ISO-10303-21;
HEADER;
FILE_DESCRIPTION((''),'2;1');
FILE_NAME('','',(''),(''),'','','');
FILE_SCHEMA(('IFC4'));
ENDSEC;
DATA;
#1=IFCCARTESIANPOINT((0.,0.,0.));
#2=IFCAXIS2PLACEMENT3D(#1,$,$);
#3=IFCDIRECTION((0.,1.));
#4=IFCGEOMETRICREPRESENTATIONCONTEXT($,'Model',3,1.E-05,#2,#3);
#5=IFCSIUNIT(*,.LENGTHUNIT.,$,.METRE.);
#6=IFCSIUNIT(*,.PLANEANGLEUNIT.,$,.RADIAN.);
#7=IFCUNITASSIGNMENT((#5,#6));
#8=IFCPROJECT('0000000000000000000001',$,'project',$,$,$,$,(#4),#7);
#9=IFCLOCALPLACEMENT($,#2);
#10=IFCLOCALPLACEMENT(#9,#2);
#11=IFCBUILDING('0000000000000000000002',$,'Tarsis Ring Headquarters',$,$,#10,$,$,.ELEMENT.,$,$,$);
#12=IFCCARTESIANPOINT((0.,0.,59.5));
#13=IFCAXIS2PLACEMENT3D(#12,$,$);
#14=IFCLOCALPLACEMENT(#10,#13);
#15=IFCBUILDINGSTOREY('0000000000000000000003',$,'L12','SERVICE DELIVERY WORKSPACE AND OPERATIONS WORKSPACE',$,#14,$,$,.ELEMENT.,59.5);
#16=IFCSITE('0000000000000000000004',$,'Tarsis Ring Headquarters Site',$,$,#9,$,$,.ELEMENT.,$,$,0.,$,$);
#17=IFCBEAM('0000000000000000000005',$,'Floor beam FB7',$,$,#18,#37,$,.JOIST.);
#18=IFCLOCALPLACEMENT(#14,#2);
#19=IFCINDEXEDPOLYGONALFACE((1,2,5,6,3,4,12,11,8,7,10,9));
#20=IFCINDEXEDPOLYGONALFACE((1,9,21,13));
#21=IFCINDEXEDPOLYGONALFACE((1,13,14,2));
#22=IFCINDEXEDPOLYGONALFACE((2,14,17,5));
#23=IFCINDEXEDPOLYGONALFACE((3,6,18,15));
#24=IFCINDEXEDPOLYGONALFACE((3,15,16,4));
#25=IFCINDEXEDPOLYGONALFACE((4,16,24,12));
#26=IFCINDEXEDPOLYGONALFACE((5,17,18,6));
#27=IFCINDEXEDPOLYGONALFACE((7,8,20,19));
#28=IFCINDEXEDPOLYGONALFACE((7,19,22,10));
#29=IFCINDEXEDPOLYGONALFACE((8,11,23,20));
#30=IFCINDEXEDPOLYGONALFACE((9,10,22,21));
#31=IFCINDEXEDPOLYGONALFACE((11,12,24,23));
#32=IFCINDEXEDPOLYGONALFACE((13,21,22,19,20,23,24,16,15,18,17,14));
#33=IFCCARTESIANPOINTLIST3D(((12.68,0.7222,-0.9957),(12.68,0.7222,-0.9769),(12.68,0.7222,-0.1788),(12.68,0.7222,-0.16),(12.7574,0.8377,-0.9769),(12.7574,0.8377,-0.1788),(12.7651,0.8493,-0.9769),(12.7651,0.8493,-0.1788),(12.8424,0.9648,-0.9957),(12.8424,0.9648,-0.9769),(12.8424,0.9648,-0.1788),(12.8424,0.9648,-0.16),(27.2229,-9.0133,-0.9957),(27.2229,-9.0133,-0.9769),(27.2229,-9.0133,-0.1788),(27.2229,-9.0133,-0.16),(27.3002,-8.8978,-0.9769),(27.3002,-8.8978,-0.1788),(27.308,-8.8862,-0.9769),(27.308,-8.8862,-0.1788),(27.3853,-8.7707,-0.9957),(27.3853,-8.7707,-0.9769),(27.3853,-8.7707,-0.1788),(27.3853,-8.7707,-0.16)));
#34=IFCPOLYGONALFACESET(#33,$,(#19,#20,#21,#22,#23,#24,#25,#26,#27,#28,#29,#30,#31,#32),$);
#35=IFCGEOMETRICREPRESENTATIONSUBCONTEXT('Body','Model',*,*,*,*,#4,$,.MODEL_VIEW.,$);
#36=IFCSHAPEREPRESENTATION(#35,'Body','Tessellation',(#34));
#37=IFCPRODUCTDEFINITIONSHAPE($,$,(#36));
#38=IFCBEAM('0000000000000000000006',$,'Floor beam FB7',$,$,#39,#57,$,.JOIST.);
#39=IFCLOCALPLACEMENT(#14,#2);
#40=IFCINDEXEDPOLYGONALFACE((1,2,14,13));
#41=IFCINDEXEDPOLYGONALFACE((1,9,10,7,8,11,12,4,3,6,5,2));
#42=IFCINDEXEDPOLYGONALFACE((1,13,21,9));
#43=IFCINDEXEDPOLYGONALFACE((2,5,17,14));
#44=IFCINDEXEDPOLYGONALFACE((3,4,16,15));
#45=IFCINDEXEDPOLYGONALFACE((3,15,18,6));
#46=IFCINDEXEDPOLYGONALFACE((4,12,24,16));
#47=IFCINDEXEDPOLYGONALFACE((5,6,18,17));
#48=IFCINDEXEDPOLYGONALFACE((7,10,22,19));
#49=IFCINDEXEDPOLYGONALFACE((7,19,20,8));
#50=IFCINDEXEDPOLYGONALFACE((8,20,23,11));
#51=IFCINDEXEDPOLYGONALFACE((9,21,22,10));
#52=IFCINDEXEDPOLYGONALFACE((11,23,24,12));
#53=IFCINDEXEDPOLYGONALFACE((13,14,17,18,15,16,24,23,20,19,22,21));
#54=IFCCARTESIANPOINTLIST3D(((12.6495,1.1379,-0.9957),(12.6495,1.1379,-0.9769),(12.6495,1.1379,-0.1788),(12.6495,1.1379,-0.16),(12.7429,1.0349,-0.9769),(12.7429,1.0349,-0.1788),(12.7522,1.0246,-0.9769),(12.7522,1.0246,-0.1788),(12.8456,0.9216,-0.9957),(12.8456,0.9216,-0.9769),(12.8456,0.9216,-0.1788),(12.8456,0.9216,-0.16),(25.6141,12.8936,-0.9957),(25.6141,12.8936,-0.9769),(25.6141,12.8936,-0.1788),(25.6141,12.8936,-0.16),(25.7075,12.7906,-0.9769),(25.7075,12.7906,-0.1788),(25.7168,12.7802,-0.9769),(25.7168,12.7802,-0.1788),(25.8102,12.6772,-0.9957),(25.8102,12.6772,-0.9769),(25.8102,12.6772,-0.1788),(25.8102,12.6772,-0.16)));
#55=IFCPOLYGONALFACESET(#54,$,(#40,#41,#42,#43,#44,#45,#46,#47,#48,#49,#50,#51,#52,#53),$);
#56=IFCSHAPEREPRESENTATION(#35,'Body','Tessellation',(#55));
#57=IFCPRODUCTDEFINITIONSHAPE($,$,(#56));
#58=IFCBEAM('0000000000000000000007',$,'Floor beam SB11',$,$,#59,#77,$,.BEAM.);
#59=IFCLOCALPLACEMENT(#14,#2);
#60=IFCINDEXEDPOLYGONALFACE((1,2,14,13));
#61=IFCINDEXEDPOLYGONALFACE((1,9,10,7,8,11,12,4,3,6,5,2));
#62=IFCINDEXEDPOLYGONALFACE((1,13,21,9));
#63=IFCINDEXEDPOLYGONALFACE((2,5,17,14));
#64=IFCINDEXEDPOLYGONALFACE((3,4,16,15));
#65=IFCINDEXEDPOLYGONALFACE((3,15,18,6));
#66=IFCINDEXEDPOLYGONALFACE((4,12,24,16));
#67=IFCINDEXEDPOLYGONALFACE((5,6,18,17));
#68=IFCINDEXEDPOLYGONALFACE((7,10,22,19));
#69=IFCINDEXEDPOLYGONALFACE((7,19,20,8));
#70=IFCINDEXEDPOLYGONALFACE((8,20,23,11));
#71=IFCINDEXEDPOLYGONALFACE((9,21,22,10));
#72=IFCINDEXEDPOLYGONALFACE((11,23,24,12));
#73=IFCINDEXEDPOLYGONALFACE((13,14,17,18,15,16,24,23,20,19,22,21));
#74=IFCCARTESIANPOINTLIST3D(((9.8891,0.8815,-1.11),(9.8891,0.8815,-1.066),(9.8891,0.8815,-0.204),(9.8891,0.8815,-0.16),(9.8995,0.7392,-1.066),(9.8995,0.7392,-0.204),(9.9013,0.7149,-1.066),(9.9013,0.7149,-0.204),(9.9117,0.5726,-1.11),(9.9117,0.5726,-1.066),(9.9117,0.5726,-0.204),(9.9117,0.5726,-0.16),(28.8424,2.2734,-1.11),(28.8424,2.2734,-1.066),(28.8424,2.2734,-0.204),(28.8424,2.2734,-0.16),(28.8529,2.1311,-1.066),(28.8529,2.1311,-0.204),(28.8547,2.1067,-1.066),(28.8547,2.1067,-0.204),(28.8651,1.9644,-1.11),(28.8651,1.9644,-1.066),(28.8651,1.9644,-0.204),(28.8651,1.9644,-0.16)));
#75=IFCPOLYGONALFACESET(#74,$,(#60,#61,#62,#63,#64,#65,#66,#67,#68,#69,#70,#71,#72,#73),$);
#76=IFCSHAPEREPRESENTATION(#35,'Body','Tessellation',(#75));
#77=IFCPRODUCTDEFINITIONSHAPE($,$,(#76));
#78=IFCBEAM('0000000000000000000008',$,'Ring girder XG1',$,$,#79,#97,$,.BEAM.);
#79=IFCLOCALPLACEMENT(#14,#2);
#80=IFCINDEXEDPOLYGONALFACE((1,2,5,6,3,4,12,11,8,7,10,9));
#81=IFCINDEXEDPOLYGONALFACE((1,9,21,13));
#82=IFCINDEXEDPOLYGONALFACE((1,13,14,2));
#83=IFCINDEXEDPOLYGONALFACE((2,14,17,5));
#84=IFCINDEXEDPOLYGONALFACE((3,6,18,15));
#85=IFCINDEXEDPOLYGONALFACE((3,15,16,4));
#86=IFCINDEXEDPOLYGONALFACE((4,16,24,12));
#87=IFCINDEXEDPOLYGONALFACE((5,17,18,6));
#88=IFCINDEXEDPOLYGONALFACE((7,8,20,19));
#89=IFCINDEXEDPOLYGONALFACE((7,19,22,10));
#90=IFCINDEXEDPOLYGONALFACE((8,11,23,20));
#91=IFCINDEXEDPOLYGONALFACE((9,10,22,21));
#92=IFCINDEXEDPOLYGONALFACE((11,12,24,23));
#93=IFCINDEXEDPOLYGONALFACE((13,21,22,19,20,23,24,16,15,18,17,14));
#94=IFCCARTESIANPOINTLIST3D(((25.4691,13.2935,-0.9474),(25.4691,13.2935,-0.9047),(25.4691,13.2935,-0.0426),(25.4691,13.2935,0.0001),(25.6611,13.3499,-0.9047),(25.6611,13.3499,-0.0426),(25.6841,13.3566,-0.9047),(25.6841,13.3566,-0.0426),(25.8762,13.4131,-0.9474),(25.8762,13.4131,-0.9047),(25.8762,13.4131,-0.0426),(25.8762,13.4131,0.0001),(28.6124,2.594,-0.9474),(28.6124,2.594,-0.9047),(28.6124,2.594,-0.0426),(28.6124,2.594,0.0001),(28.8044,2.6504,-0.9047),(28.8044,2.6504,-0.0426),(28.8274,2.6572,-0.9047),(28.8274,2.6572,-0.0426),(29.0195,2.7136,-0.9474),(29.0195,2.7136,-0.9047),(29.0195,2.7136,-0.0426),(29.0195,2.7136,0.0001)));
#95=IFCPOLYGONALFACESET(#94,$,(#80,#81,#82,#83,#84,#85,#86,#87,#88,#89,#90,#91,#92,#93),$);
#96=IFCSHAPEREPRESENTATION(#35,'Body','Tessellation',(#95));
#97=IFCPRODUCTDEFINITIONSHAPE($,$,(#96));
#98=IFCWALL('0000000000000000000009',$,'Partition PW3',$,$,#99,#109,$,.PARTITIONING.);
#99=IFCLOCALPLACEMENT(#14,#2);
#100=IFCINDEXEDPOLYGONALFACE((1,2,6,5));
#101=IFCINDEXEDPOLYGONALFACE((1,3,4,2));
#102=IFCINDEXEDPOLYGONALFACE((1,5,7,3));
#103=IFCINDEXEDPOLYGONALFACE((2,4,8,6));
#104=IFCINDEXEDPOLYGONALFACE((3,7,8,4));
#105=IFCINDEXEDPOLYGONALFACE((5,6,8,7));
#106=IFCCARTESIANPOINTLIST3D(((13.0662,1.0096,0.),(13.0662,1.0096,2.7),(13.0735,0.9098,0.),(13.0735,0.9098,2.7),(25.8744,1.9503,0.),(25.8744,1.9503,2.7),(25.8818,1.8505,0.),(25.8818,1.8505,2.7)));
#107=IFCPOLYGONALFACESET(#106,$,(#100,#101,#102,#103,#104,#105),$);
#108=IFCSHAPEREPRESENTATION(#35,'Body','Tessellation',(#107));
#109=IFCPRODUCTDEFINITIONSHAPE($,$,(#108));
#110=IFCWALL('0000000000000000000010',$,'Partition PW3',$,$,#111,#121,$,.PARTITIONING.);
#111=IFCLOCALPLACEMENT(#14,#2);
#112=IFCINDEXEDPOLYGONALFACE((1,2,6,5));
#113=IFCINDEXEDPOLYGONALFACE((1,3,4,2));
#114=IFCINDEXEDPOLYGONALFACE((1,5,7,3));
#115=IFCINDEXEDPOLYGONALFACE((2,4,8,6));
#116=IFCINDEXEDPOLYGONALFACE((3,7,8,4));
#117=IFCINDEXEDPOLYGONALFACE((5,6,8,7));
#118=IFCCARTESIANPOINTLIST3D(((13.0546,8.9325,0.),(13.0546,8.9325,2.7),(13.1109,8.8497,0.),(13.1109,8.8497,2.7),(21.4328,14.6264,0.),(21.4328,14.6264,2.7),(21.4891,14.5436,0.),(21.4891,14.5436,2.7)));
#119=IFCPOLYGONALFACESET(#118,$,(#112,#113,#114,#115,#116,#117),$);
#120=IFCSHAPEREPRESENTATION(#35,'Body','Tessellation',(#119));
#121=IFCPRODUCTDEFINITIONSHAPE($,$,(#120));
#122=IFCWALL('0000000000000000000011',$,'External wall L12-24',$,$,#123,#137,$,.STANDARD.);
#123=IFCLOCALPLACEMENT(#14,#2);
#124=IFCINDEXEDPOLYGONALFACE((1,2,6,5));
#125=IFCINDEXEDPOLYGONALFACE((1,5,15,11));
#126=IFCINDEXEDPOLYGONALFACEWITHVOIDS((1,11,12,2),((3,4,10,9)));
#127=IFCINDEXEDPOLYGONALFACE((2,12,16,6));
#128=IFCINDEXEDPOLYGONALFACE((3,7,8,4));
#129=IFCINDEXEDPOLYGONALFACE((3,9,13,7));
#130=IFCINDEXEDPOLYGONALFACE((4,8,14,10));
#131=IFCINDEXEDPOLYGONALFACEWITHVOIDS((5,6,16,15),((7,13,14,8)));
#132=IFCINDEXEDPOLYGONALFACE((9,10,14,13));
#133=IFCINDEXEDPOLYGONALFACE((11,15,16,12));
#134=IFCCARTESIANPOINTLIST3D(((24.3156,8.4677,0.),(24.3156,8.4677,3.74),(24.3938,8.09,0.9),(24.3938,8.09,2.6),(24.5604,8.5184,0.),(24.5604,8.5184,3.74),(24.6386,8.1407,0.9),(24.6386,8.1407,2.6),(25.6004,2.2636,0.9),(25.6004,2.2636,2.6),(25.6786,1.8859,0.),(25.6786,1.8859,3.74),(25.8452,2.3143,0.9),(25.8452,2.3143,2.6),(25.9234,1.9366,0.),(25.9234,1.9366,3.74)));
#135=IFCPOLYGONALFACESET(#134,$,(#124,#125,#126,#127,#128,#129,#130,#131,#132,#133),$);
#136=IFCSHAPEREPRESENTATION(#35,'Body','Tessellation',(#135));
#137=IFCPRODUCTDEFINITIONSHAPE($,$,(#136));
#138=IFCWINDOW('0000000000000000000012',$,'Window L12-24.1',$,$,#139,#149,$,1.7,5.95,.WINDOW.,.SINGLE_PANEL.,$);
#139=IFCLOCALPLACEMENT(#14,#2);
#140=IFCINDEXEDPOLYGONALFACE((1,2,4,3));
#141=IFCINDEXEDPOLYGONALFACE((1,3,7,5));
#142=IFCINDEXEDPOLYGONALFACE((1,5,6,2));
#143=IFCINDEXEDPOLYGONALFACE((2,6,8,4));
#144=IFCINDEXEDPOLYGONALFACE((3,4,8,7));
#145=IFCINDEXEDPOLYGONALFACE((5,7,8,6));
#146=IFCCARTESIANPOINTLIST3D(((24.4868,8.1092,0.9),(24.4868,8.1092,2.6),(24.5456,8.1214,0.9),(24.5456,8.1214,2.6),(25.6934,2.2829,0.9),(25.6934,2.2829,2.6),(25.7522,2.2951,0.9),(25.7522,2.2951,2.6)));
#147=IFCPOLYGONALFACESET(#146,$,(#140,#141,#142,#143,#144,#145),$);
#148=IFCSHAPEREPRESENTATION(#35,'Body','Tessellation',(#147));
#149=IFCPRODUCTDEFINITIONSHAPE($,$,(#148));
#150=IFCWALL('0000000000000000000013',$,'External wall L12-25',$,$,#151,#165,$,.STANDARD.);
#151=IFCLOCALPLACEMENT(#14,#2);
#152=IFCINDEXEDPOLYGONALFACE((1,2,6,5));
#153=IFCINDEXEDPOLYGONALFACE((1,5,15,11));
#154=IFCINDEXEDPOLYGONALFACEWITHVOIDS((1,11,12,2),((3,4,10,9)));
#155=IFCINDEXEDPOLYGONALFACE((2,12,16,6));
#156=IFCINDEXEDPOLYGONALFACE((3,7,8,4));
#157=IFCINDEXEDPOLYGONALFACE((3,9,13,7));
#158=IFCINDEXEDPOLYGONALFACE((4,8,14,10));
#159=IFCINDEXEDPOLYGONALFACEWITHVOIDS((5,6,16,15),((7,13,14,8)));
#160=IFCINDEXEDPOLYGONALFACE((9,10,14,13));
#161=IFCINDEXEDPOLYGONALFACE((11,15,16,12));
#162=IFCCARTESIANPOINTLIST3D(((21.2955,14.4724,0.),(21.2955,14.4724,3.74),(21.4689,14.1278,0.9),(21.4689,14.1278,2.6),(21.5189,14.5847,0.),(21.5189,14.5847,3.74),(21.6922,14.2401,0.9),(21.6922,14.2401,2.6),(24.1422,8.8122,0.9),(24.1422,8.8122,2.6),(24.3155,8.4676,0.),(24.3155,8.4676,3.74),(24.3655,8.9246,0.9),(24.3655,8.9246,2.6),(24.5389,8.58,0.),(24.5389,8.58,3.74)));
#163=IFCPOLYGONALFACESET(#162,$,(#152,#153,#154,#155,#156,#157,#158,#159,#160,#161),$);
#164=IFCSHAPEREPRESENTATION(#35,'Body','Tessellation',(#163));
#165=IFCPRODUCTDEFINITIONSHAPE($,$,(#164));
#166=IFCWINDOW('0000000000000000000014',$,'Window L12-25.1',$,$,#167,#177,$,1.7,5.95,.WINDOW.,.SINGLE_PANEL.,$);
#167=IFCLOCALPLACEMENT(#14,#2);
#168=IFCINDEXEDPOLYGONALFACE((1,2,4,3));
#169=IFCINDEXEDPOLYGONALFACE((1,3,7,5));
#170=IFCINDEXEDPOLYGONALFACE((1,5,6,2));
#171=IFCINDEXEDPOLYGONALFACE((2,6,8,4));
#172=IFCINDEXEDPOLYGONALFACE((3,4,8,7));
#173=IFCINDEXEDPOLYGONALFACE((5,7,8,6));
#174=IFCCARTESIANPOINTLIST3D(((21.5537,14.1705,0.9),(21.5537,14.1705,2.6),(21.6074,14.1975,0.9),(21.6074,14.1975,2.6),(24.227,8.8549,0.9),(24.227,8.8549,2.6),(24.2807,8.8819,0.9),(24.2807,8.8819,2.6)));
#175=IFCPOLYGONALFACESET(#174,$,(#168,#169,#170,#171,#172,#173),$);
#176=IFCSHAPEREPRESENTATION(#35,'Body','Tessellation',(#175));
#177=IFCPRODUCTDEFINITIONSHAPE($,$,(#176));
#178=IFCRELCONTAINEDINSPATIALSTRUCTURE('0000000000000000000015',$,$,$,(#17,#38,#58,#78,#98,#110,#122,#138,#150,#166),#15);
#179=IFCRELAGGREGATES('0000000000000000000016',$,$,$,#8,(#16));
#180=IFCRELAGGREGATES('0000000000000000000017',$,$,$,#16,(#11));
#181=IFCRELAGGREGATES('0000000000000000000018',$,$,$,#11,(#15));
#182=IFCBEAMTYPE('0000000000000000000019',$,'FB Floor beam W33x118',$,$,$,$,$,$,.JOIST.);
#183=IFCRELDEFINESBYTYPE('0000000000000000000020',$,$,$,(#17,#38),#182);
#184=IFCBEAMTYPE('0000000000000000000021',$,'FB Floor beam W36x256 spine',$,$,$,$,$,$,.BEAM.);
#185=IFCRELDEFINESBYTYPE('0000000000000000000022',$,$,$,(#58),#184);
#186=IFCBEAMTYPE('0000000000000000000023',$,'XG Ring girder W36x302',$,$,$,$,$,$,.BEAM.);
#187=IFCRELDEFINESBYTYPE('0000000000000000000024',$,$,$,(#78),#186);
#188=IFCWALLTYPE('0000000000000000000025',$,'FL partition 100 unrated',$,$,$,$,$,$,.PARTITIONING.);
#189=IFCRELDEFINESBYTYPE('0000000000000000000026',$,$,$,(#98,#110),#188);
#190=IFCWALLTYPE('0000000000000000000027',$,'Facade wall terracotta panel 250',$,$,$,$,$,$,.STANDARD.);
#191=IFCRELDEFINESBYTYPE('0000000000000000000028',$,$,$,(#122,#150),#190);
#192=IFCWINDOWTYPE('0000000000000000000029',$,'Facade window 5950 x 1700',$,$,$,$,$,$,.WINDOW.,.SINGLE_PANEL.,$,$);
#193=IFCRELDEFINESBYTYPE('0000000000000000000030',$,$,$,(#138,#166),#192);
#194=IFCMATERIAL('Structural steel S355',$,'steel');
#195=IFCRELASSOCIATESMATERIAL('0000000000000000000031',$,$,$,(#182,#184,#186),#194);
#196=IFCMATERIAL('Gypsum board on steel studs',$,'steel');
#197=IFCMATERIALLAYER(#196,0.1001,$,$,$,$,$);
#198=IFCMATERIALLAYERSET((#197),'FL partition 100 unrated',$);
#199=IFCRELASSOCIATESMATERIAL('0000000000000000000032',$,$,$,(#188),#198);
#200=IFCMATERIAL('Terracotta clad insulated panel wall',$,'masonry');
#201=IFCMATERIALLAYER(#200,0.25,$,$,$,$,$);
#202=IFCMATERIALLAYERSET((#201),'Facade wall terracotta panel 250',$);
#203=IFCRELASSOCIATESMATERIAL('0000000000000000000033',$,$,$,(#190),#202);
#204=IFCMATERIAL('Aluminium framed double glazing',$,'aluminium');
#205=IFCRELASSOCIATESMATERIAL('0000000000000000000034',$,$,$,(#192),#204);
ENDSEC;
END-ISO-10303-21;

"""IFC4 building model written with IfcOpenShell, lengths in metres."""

from ifc_helpers import new_model, si_unit, direction, frame, frame_2d, origin, origin_2d, place, context, subcontext, project, spatial, rectangle, i_section, extrude, material, layer, layer_set, material_profile, profile_set, type_object, element, fill, save


model = new_model("IFC4")

# Units and contexts
model_context = context("Model", 3, precision=1e-05, world=origin(), true_north=direction((0.0, 1.0)))
body_context = subcontext(model_context, "Body", "Model", "MODEL_VIEW")
ifc_project = project(units=[si_unit("LENGTHUNIT", "METRE"), si_unit("PLANEANGLEUNIT", "RADIAN")], contexts=[model_context])

# Site, building, storey
site_placement = place(None, origin())
site = spatial("IfcSite", under=ifc_project, at=site_placement, Name="Tarsis Ring Headquarters Site", CompositionType="ELEMENT", RefElevation=0.0)
building_placement = place(site_placement, origin())
building = spatial("IfcBuilding", under=site, at=building_placement, Name="Tarsis Ring Headquarters", CompositionType="ELEMENT")
storey_placement = place(building_placement, frame((0.0, 0.0, 59.5)))
storey = spatial("IfcBuildingStorey", under=building, at=storey_placement, Name="L12", Description="SERVICE DELIVERY WORKSPACE AND OPERATIONS WORKSPACE", CompositionType="ELEMENT", Elevation=59.5)

# Beams
ifc_material_1 = material(Name="Structural steel S355", Category="steel")
ifc_material_profile_1 = material_profile(ifc_material_1, i_section(OverallWidth=0.292, OverallDepth=0.8357, WebThickness=0.0139, FlangeThickness=0.0188, at=origin_2d()), Name="W33x118")
ifc_profile_set_1 = profile_set([ifc_material_profile_1], Name="Structural steel S355")
beam_type_1 = type_object("IfcBeamType", Name="FB Floor beam W33x118", PredefinedType="JOIST", material=ifc_profile_set_1)
for number, where, z_axis, x_axis, name in (
    (1, (12.7612, 0.8435, -0.5779), (0.830986, -0.556293, 0.0), (0.556293, 0.830986, 0.0), "Floor beam FB7"),
    (2, (25.7122, 12.7854, -0.5779), (-0.740804, -0.671722, 0.0), (0.671722, -0.740804, 0.0), "Floor beam FB7"),
):
    element("IfcBeam", number, at=place(storey_placement, frame(where, z_axis=z_axis, x_axis=x_axis)), inside=storey, type_object=beam_type_1, Name=name, PredefinedType="JOIST", context=body_context, shape_type="SweptSolid", body=[
        extrude(i_section(OverallWidth=0.292, OverallDepth=0.8357, WebThickness=0.0139, FlangeThickness=0.0188, at=origin_2d()), origin(), (0.0, 0.0, 1.0), 17.5007),
    ])
ifc_material_profile_2 = material_profile(ifc_material_1, i_section(OverallWidth=0.3098, OverallDepth=0.95, WebThickness=0.0244, FlangeThickness=0.0439, at=origin_2d()), Name="W36x256")
ifc_profile_set_2 = profile_set([ifc_material_profile_2], Name="Structural steel S355")
beam_type_2 = type_object("IfcBeamType", Name="FB Floor beam W36x256 spine", PredefinedType="BEAM", material=ifc_profile_set_2)
beam_1_placement = place(storey_placement, frame((28.8538, 2.1189, -0.635), z_axis=(-0.997314, -0.073238, 0.0), x_axis=(0.073238, -0.997314, 0.0)))
element("IfcBeam", 3, at=beam_1_placement, inside=storey, type_object=beam_type_2, Name="Floor beam SB11", PredefinedType="BEAM", context=body_context, shape_type="SweptSolid", body=[
    extrude(i_section(OverallWidth=0.3098, OverallDepth=0.95, WebThickness=0.0244, FlangeThickness=0.0439, at=origin_2d()), origin(), (0.0, 0.0, 1.0), 19.0044),
])
ifc_material_profile_3 = material_profile(ifc_material_1, i_section(OverallWidth=0.4243, OverallDepth=0.9475, WebThickness=0.0239, FlangeThickness=0.0427, at=origin_2d()), Name="W36x302")
ifc_profile_set_3 = profile_set([ifc_material_profile_3], Name="Structural steel S355")
beam_type_3 = type_object("IfcBeamType", Name="XG Ring girder W36x302", PredefinedType="BEAM", material=ifc_profile_set_3)
beam_2_placement = place(storey_placement, frame((28.8159, 2.6538, -0.4736), z_axis=(-0.28187, 0.959453, 0.0), x_axis=(-0.959453, -0.28187, 0.0)))
element("IfcBeam", 4, at=beam_2_placement, inside=storey, type_object=beam_type_3, Name="Ring girder XG1", PredefinedType="BEAM", context=body_context, shape_type="SweptSolid", body=[
    extrude(i_section(OverallWidth=0.4243, OverallDepth=0.9475, WebThickness=0.0239, FlangeThickness=0.0427, at=origin_2d()), origin(), (0.0, 0.0, 1.0), 11.1516),
])

# Walls
ifc_material_2 = material(Name="Gypsum board on steel studs", Category="steel")
ifc_layer_1 = layer(ifc_material_2, 0.1001)
ifc_layer_set_1 = layer_set([ifc_layer_1], Name="FL partition 100 unrated")
wall_type_1 = type_object("IfcWallType", Name="FL partition 100 unrated", PredefinedType="PARTITIONING", material=ifc_layer_set_1)
wall_1_placement = place(storey_placement, frame((13.0698, 0.9597, 0.0), z_axis=(0.0, 0.0, 1.0), x_axis=(0.997314, 0.073245, 0.0)))
element("IfcWall", 5, at=wall_1_placement, inside=storey, type_object=wall_type_1, Name="Partition PW3", PredefinedType="PARTITIONING", context=body_context, shape_type="SweptSolid", body=[
    extrude(rectangle(XDim=12.8428, YDim=0.1001, at=frame_2d((6.4214, 0.0))), origin(), (0.0, 0.0, 1.0), 2.7),
])
wall_2_placement = place(storey_placement, frame((13.0828, 8.8911, 0.0), z_axis=(0.0, 0.0, 1.0), x_axis=(0.827078, 0.562087, 0.0)))
element("IfcWall", 6, at=wall_2_placement, inside=storey, type_object=wall_type_1, Name="Partition PW3", PredefinedType="PARTITIONING", context=body_context, shape_type="SweptSolid", body=[
    extrude(rectangle(XDim=10.1299, YDim=0.1001, at=frame_2d((5.0649, 0.0))), origin(), (0.0, 0.0, 1.0), 2.7),
])

# Walls, openings, windows
ifc_material_3 = material(Name="Terracotta clad insulated panel wall", Category="masonry")
ifc_layer_2 = layer(ifc_material_3, 0.25)
ifc_layer_set_2 = layer_set([ifc_layer_2], Name="Facade wall terracotta panel 250")
wall_type_2 = type_object("IfcWallType", Name="Facade wall terracotta panel 250", PredefinedType="STANDARD", material=ifc_layer_set_2)
wall_3_placement = place(storey_placement, frame((25.801, 1.9111, 0.0), z_axis=(0.0, 0.0, 1.0), x_axis=(-0.202789, 0.979222, 0.0)))
wall_3 = element("IfcWall", 7, at=wall_3_placement, inside=storey, type_object=wall_type_2, Name="External wall L12-24", PredefinedType="STANDARD", context=body_context, shape_type="SweptSolid", body=[
    extrude(rectangle(XDim=6.7214, YDim=0.25, at=frame_2d((3.3608, 0.0))), origin(), (0.0, 0.0, 1.0), 3.74),
])
opening_1_placement = place(wall_3_placement, frame((0.3857, 0.0, 0.8999)))
opening_1 = element("IfcOpeningElement", 8, at=opening_1_placement, cuts=wall_3, PredefinedType="OPENING", context=body_context, shape_type="SweptSolid", body=[
    extrude(rectangle(XDim=5.95, YDim=1.7, at=frame_2d((2.9751, 0.8501))), frame((0.0, 0.135, 0.0), z_axis=(0.0, -1.0, 0.0), x_axis=(1.0, 0.0, 0.0)), (0.0, 0.0, 1.0), 0.27),
])
ifc_material_4 = material(Name="Aluminium framed double glazing", Category="aluminium")
window_type = type_object("IfcWindowType", Name="Facade window 5950 x 1700", PartitioningType="SINGLE_PANEL", PredefinedType="WINDOW", material=ifc_material_4)
window_1_placement = place(opening_1_placement, origin())
window_1 = element("IfcWindow", 9, at=window_1_placement, inside=storey, type_object=window_type, Name="Window L12-24.1", OverallHeight=1.7, OverallWidth=5.95, PartitioningType="SINGLE_PANEL", PredefinedType="WINDOW", context=body_context, shape_type="SweptSolid", body=[
    extrude(rectangle(XDim=5.95, YDim=1.7, at=frame_2d((2.9751, 0.8501))), frame((0.0, 0.03, 0.0), z_axis=(0.0, -1.0, 0.0), x_axis=(1.0, 0.0, 0.0)), (0.0, 0.0, 1.0), 0.0601),
])
fill(opening_1, window_1)
wall_4_placement = place(storey_placement, frame((24.4272, 8.5237, 0.0), z_axis=(0.0, 0.0, 1.0), x_axis=(-0.449305, 0.893379, 0.0)))
wall_4 = element("IfcWall", 10, at=wall_4_placement, inside=storey, type_object=wall_type_2, Name="External wall L12-25", PredefinedType="STANDARD", context=body_context, shape_type="SweptSolid", body=[
    extrude(rectangle(XDim=6.7214, YDim=0.25, at=frame_2d((3.3608, 0.0))), origin(), (0.0, 0.0, 1.0), 3.74),
])
opening_2_placement = place(wall_4_placement, frame((0.3857, 0.0, 0.8999)))
opening_2 = element("IfcOpeningElement", 11, at=opening_2_placement, cuts=wall_4, PredefinedType="OPENING", context=body_context, shape_type="SweptSolid", body=[
    extrude(rectangle(XDim=5.95, YDim=1.7, at=frame_2d((2.9751, 0.8501))), frame((0.0, 0.135, 0.0), z_axis=(0.0, -1.0, 0.0), x_axis=(1.0, 0.0, 0.0)), (0.0, 0.0, 1.0), 0.27),
])
window_2_placement = place(opening_2_placement, origin())
window_2 = element("IfcWindow", 12, at=window_2_placement, inside=storey, type_object=window_type, Name="Window L12-25.1", OverallHeight=1.7, OverallWidth=5.95, PartitioningType="SINGLE_PANEL", PredefinedType="WINDOW", context=body_context, shape_type="SweptSolid", body=[
    extrude(rectangle(XDim=5.95, YDim=1.7, at=frame_2d((2.9751, 0.8501))), frame((0.0, 0.03, 0.0), z_axis=(0.0, -1.0, 0.0), x_axis=(1.0, 0.0, 0.0)), (0.0, 0.0, 1.0), 0.0601),
])
fill(opening_2, window_2)

save(model, "model.ifc")
